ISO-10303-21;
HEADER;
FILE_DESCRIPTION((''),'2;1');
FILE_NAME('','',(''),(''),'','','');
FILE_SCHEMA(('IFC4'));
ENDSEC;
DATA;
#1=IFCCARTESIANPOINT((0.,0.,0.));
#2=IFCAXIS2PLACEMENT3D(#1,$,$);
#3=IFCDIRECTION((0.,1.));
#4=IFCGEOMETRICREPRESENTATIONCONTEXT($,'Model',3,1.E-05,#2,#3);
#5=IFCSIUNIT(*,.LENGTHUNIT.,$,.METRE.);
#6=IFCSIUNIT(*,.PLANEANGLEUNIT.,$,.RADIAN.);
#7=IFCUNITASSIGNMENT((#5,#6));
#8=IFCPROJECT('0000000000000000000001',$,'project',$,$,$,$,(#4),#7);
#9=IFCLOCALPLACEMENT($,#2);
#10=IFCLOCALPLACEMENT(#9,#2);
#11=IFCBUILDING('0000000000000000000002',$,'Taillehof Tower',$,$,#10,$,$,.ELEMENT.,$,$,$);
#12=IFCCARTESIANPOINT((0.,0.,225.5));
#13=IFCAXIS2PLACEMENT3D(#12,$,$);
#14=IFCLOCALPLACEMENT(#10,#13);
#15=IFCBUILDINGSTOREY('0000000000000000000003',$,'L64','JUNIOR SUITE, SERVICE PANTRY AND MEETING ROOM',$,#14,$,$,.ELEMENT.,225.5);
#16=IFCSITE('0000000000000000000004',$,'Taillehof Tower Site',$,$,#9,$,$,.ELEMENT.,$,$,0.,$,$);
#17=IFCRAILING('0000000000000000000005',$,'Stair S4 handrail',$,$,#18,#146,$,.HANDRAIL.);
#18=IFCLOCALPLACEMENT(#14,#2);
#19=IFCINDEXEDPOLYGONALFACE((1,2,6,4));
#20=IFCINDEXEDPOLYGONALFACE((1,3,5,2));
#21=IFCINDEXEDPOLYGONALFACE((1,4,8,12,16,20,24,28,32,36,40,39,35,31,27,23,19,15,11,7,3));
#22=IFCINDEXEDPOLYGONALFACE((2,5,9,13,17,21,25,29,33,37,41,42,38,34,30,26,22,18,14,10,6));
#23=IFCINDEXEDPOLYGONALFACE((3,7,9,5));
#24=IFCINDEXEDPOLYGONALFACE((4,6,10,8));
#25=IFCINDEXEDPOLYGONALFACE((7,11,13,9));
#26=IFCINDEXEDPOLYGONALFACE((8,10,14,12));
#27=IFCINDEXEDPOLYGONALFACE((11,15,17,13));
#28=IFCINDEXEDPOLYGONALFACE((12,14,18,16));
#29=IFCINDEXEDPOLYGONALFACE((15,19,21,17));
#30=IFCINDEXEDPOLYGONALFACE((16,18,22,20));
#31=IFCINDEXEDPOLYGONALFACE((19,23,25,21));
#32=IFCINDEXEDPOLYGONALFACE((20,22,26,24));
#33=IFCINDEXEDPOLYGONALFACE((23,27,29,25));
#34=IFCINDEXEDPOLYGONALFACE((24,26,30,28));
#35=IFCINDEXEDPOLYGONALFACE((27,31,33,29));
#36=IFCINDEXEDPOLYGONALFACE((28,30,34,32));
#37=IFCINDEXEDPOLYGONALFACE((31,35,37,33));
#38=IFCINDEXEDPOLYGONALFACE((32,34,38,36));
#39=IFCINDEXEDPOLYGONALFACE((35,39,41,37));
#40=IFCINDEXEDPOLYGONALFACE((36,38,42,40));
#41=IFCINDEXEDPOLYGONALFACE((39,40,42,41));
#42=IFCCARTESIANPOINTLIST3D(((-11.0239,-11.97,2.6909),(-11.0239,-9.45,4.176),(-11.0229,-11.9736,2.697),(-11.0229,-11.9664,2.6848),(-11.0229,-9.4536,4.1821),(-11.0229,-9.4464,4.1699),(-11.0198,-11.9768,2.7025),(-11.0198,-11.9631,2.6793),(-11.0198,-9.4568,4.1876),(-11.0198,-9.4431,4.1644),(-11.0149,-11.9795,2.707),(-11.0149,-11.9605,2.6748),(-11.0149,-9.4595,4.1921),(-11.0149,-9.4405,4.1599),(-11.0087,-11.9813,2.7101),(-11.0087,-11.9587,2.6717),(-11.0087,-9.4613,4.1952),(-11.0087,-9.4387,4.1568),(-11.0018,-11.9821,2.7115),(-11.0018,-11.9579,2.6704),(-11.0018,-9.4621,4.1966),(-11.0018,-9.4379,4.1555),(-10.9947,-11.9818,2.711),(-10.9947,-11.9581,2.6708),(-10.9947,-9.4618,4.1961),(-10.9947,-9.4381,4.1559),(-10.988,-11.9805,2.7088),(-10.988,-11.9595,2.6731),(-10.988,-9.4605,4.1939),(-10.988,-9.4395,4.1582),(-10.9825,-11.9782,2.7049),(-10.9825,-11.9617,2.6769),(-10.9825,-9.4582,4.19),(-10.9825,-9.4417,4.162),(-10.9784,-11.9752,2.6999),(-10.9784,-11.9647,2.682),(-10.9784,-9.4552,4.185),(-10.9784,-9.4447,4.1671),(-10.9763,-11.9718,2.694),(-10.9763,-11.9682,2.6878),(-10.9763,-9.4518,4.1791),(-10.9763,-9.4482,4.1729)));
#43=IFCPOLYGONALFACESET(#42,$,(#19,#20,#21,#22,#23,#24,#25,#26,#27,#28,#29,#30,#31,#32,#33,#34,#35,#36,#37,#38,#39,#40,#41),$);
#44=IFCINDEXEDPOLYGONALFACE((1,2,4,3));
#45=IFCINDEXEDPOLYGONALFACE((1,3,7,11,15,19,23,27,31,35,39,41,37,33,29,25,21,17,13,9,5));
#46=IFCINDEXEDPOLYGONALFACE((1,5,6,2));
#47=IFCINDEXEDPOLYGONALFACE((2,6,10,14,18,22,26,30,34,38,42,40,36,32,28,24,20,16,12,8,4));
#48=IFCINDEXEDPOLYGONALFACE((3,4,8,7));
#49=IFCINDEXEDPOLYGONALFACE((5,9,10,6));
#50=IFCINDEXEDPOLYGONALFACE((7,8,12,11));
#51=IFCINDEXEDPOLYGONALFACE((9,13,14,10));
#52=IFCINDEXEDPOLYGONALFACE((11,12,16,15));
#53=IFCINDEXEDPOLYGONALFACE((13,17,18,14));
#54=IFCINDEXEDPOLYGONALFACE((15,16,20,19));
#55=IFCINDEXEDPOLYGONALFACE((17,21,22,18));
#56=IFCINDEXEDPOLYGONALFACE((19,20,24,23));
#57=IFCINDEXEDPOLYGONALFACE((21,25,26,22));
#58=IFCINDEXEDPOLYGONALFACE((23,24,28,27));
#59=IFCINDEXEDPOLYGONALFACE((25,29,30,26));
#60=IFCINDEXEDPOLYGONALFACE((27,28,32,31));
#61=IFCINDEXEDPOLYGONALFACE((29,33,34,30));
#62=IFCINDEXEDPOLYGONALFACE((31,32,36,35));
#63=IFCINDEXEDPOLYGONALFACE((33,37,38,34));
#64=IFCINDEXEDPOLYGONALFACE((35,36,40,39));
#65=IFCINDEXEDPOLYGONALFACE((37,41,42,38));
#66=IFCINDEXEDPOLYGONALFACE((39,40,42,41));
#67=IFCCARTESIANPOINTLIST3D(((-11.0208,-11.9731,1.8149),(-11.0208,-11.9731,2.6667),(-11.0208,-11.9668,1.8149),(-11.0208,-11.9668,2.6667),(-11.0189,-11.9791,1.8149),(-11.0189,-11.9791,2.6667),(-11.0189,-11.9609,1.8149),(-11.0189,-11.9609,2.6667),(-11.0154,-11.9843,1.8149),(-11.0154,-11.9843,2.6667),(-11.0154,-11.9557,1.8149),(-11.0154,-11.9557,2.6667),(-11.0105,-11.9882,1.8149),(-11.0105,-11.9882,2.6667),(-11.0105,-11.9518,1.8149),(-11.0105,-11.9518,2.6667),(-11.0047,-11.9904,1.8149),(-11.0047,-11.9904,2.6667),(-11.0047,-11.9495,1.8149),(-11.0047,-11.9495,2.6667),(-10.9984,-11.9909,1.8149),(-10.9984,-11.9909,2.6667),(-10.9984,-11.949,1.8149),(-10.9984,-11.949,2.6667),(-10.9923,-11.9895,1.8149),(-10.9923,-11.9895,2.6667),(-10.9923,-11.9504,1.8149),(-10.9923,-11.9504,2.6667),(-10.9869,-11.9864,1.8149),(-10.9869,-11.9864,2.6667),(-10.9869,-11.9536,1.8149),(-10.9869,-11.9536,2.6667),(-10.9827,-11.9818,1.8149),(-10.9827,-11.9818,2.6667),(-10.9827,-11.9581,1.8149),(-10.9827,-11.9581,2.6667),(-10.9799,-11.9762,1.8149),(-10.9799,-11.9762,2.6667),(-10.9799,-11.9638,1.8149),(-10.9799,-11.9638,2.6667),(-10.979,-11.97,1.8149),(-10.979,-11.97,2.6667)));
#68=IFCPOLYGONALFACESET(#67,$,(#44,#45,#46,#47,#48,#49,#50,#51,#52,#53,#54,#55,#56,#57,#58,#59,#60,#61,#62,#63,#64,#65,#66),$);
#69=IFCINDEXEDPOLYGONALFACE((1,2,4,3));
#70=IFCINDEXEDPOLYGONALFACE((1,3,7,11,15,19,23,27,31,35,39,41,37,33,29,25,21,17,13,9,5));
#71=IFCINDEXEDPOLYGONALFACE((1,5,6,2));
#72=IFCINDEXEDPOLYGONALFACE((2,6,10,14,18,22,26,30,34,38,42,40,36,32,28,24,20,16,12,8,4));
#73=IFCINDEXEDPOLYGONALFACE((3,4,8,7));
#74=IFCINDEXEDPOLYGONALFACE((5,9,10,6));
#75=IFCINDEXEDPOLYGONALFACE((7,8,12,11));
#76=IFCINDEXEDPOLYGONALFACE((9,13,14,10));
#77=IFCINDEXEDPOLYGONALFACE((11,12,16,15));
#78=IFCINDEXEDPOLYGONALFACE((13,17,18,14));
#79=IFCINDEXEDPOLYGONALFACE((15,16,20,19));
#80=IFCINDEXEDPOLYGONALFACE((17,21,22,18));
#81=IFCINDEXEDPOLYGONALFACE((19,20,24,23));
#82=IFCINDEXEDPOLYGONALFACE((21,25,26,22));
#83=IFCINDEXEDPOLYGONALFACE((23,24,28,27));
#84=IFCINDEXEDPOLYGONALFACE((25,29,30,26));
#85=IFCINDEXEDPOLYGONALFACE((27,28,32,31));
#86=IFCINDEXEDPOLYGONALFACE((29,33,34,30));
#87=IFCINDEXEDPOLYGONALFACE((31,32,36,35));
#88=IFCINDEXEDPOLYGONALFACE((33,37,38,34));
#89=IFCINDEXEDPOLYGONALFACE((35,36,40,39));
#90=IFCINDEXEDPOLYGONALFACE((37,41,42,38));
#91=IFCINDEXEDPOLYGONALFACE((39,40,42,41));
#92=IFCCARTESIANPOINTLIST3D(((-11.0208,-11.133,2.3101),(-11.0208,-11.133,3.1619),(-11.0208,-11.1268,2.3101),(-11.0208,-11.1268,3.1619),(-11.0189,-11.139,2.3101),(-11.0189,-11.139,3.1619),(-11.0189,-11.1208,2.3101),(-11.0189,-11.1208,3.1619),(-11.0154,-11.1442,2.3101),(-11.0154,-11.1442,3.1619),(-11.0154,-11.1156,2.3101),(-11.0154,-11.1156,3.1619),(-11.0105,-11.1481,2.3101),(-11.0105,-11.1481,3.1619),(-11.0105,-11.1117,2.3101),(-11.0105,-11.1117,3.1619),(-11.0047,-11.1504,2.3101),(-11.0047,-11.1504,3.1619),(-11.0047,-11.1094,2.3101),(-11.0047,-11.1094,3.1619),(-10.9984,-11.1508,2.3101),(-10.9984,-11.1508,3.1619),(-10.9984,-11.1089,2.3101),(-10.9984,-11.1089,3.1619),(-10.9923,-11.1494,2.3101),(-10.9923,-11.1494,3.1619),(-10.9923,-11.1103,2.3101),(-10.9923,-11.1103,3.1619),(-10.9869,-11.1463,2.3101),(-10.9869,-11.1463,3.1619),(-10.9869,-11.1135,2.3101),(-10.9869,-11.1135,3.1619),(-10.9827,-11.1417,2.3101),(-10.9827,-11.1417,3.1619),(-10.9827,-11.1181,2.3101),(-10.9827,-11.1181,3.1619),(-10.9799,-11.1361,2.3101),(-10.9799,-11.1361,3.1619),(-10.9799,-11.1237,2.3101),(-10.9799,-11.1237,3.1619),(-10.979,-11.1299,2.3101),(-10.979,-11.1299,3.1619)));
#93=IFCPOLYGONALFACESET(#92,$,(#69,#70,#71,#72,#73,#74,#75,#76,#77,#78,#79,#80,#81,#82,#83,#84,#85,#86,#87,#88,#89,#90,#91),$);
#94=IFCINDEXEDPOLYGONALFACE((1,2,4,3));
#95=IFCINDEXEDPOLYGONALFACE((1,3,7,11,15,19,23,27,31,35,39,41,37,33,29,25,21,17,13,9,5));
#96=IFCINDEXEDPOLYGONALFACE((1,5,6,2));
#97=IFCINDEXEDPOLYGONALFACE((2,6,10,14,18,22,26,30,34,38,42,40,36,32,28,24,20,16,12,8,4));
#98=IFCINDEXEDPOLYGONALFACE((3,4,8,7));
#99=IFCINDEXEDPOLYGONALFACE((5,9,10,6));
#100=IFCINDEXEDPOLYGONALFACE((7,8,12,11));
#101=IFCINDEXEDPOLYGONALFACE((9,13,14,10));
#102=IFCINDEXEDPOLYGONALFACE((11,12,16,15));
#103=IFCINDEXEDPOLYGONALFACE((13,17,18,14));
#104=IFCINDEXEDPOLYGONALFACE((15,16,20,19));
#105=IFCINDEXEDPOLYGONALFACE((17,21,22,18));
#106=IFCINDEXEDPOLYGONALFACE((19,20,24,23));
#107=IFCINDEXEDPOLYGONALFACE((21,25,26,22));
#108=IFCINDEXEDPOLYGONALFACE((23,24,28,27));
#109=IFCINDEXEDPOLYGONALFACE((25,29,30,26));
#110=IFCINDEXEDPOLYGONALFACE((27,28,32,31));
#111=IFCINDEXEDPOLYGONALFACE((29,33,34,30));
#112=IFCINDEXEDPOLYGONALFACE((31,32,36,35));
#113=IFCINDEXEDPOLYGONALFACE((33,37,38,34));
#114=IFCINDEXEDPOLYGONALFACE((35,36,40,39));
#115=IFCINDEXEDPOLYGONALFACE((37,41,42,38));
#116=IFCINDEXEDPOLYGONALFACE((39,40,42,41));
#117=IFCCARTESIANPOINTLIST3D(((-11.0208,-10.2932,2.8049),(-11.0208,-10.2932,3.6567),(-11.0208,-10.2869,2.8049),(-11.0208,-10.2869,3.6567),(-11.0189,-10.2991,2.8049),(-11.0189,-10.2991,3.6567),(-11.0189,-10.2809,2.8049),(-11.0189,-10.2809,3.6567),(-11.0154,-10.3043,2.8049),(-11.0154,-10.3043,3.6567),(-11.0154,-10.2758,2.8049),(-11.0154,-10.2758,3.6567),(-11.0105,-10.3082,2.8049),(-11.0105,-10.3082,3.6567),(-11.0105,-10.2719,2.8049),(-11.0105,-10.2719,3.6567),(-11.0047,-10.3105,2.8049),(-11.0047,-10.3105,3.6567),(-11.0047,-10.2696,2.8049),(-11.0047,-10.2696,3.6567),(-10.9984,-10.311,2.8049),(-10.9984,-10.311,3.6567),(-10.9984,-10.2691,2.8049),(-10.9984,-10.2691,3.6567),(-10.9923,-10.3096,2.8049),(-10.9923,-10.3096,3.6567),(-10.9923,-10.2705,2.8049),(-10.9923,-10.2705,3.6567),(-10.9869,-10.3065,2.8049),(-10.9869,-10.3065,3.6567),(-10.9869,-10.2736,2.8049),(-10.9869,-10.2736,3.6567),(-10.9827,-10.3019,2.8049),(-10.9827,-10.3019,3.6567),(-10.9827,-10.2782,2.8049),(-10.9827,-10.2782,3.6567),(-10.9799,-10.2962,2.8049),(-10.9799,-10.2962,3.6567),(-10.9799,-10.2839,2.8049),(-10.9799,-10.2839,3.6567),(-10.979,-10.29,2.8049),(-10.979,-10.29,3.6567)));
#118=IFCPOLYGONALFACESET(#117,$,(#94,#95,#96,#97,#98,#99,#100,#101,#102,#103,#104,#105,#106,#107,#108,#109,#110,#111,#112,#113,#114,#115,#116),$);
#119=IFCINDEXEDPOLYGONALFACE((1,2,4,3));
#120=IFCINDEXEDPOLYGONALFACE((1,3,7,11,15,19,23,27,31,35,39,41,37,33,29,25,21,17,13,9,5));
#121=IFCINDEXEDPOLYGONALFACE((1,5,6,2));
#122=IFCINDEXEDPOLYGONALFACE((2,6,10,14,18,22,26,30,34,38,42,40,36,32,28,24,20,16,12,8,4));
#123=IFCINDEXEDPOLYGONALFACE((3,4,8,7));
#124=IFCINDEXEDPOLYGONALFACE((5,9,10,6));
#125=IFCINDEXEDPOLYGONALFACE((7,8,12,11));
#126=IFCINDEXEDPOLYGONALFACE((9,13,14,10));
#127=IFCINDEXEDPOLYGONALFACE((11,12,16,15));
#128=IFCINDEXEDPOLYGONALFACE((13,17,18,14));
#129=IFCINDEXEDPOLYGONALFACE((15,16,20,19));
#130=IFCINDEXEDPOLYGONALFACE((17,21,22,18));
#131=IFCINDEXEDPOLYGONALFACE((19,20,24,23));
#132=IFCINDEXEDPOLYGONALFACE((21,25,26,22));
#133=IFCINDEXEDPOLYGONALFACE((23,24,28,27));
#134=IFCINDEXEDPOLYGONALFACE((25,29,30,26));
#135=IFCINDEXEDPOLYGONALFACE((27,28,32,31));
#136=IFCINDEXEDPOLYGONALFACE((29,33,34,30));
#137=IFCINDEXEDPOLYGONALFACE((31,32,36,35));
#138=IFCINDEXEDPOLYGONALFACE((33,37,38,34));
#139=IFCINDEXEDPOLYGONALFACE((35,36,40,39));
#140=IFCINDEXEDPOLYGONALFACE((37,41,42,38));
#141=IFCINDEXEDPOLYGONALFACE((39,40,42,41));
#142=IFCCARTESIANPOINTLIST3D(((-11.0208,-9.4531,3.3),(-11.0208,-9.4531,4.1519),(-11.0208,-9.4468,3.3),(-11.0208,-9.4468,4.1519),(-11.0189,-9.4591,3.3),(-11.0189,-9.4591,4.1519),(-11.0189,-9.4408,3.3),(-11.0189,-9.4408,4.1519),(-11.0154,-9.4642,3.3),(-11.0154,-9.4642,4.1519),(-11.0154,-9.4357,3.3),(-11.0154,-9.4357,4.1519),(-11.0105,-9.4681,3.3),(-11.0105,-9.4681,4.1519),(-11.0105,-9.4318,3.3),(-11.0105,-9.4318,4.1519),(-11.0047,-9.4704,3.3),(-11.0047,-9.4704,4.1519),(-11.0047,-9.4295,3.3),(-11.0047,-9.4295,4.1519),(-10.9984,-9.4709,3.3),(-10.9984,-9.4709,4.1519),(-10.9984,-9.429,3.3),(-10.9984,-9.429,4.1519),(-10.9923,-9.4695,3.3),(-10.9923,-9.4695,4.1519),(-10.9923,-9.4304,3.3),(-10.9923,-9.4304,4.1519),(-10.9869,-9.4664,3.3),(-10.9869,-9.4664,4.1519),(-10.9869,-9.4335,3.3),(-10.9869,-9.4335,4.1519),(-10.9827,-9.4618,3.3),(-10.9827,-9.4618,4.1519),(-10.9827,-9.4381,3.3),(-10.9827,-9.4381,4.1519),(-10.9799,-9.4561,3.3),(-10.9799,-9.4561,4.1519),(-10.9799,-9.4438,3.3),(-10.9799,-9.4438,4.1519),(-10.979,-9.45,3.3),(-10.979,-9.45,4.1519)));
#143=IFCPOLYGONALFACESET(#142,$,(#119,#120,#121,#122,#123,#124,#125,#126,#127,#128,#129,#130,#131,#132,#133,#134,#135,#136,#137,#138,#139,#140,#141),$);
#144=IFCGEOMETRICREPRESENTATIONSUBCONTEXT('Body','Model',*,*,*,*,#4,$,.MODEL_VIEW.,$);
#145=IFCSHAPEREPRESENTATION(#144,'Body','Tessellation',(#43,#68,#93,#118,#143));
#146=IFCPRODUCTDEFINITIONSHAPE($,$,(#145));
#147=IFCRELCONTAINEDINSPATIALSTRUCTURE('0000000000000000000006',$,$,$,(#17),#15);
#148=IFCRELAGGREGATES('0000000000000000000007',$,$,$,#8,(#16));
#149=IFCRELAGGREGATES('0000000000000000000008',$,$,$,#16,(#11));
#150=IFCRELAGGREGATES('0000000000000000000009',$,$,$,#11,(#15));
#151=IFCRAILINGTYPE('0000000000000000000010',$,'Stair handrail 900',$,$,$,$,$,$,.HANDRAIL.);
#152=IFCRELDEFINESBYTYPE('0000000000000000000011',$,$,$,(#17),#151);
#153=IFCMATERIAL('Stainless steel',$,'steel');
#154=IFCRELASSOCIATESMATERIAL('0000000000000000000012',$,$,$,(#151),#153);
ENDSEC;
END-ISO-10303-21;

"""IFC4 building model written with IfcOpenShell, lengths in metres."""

from ifc_helpers import new_model, si_unit, direction, frame, origin, origin_2d, place, context, subcontext, project, spatial, circle, extrude, material, type_object, element, save


model = new_model("IFC4")

# Units and contexts
model_context = context("Model", 3, precision=1e-05, world=origin(), true_north=direction((0.0, 1.0)))
body_context = subcontext(model_context, "Body", "Model", "MODEL_VIEW")
ifc_project = project(units=[si_unit("LENGTHUNIT", "METRE"), si_unit("PLANEANGLEUNIT", "RADIAN")], contexts=[model_context])

# Site, building, storey
site_placement = place(None, origin())
site = spatial("IfcSite", under=ifc_project, at=site_placement, Name="Taillehof Tower Site", CompositionType="ELEMENT", RefElevation=0.0)
building_placement = place(site_placement, origin())
building = spatial("IfcBuilding", under=site, at=building_placement, Name="Taillehof Tower", CompositionType="ELEMENT")
storey_placement = place(building_placement, frame((0.0, 0.0, 225.5)))
storey = spatial("IfcBuildingStorey", under=building, at=storey_placement, Name="L64", Description="JUNIOR SUITE, SERVICE PANTRY AND MEETING ROOM", CompositionType="ELEMENT", Elevation=225.5)

# Railing
ifc_material_1 = material(Name="Stainless steel", Category="steel")
railing_type = type_object("IfcRailingType", Name="Stair handrail 900", PredefinedType="HANDRAIL", material=ifc_material_1)
railing_1_placement = place(storey_placement, frame((-11.0, -11.97, 1.8149)))
element("IfcRailing", 1, at=railing_1_placement, inside=storey, type_object=railing_type, Name="Stair S4 handrail", PredefinedType="HANDRAIL", context=body_context, shape_type="SweptSolid", body=[
    extrude(circle(Radius=0.0239, at=origin_2d()), frame((0.0, 0.0, 0.876), z_axis=(0.0, 0.861524, 0.507717), x_axis=(-1.0, 0.0, 0.0)), (0.0, 0.0, 1.0), 2.925),
    extrude(circle(Radius=0.021, at=origin_2d()), origin(), (0.0, 0.0, 1.0), 0.8518),
    extrude(circle(Radius=0.021, at=origin_2d()), frame((0.0, 0.8401, 0.4951)), (0.0, 0.0, 1.0), 0.8518),
    extrude(circle(Radius=0.021, at=origin_2d()), frame((0.0, 1.6799, 0.99)), (0.0, 0.0, 1.0), 0.8518),
    extrude(circle(Radius=0.021, at=origin_2d()), frame((0.0, 2.52, 1.4851)), (0.0, 0.0, 1.0), 0.8518),
])

save(model, "model.ifc")
